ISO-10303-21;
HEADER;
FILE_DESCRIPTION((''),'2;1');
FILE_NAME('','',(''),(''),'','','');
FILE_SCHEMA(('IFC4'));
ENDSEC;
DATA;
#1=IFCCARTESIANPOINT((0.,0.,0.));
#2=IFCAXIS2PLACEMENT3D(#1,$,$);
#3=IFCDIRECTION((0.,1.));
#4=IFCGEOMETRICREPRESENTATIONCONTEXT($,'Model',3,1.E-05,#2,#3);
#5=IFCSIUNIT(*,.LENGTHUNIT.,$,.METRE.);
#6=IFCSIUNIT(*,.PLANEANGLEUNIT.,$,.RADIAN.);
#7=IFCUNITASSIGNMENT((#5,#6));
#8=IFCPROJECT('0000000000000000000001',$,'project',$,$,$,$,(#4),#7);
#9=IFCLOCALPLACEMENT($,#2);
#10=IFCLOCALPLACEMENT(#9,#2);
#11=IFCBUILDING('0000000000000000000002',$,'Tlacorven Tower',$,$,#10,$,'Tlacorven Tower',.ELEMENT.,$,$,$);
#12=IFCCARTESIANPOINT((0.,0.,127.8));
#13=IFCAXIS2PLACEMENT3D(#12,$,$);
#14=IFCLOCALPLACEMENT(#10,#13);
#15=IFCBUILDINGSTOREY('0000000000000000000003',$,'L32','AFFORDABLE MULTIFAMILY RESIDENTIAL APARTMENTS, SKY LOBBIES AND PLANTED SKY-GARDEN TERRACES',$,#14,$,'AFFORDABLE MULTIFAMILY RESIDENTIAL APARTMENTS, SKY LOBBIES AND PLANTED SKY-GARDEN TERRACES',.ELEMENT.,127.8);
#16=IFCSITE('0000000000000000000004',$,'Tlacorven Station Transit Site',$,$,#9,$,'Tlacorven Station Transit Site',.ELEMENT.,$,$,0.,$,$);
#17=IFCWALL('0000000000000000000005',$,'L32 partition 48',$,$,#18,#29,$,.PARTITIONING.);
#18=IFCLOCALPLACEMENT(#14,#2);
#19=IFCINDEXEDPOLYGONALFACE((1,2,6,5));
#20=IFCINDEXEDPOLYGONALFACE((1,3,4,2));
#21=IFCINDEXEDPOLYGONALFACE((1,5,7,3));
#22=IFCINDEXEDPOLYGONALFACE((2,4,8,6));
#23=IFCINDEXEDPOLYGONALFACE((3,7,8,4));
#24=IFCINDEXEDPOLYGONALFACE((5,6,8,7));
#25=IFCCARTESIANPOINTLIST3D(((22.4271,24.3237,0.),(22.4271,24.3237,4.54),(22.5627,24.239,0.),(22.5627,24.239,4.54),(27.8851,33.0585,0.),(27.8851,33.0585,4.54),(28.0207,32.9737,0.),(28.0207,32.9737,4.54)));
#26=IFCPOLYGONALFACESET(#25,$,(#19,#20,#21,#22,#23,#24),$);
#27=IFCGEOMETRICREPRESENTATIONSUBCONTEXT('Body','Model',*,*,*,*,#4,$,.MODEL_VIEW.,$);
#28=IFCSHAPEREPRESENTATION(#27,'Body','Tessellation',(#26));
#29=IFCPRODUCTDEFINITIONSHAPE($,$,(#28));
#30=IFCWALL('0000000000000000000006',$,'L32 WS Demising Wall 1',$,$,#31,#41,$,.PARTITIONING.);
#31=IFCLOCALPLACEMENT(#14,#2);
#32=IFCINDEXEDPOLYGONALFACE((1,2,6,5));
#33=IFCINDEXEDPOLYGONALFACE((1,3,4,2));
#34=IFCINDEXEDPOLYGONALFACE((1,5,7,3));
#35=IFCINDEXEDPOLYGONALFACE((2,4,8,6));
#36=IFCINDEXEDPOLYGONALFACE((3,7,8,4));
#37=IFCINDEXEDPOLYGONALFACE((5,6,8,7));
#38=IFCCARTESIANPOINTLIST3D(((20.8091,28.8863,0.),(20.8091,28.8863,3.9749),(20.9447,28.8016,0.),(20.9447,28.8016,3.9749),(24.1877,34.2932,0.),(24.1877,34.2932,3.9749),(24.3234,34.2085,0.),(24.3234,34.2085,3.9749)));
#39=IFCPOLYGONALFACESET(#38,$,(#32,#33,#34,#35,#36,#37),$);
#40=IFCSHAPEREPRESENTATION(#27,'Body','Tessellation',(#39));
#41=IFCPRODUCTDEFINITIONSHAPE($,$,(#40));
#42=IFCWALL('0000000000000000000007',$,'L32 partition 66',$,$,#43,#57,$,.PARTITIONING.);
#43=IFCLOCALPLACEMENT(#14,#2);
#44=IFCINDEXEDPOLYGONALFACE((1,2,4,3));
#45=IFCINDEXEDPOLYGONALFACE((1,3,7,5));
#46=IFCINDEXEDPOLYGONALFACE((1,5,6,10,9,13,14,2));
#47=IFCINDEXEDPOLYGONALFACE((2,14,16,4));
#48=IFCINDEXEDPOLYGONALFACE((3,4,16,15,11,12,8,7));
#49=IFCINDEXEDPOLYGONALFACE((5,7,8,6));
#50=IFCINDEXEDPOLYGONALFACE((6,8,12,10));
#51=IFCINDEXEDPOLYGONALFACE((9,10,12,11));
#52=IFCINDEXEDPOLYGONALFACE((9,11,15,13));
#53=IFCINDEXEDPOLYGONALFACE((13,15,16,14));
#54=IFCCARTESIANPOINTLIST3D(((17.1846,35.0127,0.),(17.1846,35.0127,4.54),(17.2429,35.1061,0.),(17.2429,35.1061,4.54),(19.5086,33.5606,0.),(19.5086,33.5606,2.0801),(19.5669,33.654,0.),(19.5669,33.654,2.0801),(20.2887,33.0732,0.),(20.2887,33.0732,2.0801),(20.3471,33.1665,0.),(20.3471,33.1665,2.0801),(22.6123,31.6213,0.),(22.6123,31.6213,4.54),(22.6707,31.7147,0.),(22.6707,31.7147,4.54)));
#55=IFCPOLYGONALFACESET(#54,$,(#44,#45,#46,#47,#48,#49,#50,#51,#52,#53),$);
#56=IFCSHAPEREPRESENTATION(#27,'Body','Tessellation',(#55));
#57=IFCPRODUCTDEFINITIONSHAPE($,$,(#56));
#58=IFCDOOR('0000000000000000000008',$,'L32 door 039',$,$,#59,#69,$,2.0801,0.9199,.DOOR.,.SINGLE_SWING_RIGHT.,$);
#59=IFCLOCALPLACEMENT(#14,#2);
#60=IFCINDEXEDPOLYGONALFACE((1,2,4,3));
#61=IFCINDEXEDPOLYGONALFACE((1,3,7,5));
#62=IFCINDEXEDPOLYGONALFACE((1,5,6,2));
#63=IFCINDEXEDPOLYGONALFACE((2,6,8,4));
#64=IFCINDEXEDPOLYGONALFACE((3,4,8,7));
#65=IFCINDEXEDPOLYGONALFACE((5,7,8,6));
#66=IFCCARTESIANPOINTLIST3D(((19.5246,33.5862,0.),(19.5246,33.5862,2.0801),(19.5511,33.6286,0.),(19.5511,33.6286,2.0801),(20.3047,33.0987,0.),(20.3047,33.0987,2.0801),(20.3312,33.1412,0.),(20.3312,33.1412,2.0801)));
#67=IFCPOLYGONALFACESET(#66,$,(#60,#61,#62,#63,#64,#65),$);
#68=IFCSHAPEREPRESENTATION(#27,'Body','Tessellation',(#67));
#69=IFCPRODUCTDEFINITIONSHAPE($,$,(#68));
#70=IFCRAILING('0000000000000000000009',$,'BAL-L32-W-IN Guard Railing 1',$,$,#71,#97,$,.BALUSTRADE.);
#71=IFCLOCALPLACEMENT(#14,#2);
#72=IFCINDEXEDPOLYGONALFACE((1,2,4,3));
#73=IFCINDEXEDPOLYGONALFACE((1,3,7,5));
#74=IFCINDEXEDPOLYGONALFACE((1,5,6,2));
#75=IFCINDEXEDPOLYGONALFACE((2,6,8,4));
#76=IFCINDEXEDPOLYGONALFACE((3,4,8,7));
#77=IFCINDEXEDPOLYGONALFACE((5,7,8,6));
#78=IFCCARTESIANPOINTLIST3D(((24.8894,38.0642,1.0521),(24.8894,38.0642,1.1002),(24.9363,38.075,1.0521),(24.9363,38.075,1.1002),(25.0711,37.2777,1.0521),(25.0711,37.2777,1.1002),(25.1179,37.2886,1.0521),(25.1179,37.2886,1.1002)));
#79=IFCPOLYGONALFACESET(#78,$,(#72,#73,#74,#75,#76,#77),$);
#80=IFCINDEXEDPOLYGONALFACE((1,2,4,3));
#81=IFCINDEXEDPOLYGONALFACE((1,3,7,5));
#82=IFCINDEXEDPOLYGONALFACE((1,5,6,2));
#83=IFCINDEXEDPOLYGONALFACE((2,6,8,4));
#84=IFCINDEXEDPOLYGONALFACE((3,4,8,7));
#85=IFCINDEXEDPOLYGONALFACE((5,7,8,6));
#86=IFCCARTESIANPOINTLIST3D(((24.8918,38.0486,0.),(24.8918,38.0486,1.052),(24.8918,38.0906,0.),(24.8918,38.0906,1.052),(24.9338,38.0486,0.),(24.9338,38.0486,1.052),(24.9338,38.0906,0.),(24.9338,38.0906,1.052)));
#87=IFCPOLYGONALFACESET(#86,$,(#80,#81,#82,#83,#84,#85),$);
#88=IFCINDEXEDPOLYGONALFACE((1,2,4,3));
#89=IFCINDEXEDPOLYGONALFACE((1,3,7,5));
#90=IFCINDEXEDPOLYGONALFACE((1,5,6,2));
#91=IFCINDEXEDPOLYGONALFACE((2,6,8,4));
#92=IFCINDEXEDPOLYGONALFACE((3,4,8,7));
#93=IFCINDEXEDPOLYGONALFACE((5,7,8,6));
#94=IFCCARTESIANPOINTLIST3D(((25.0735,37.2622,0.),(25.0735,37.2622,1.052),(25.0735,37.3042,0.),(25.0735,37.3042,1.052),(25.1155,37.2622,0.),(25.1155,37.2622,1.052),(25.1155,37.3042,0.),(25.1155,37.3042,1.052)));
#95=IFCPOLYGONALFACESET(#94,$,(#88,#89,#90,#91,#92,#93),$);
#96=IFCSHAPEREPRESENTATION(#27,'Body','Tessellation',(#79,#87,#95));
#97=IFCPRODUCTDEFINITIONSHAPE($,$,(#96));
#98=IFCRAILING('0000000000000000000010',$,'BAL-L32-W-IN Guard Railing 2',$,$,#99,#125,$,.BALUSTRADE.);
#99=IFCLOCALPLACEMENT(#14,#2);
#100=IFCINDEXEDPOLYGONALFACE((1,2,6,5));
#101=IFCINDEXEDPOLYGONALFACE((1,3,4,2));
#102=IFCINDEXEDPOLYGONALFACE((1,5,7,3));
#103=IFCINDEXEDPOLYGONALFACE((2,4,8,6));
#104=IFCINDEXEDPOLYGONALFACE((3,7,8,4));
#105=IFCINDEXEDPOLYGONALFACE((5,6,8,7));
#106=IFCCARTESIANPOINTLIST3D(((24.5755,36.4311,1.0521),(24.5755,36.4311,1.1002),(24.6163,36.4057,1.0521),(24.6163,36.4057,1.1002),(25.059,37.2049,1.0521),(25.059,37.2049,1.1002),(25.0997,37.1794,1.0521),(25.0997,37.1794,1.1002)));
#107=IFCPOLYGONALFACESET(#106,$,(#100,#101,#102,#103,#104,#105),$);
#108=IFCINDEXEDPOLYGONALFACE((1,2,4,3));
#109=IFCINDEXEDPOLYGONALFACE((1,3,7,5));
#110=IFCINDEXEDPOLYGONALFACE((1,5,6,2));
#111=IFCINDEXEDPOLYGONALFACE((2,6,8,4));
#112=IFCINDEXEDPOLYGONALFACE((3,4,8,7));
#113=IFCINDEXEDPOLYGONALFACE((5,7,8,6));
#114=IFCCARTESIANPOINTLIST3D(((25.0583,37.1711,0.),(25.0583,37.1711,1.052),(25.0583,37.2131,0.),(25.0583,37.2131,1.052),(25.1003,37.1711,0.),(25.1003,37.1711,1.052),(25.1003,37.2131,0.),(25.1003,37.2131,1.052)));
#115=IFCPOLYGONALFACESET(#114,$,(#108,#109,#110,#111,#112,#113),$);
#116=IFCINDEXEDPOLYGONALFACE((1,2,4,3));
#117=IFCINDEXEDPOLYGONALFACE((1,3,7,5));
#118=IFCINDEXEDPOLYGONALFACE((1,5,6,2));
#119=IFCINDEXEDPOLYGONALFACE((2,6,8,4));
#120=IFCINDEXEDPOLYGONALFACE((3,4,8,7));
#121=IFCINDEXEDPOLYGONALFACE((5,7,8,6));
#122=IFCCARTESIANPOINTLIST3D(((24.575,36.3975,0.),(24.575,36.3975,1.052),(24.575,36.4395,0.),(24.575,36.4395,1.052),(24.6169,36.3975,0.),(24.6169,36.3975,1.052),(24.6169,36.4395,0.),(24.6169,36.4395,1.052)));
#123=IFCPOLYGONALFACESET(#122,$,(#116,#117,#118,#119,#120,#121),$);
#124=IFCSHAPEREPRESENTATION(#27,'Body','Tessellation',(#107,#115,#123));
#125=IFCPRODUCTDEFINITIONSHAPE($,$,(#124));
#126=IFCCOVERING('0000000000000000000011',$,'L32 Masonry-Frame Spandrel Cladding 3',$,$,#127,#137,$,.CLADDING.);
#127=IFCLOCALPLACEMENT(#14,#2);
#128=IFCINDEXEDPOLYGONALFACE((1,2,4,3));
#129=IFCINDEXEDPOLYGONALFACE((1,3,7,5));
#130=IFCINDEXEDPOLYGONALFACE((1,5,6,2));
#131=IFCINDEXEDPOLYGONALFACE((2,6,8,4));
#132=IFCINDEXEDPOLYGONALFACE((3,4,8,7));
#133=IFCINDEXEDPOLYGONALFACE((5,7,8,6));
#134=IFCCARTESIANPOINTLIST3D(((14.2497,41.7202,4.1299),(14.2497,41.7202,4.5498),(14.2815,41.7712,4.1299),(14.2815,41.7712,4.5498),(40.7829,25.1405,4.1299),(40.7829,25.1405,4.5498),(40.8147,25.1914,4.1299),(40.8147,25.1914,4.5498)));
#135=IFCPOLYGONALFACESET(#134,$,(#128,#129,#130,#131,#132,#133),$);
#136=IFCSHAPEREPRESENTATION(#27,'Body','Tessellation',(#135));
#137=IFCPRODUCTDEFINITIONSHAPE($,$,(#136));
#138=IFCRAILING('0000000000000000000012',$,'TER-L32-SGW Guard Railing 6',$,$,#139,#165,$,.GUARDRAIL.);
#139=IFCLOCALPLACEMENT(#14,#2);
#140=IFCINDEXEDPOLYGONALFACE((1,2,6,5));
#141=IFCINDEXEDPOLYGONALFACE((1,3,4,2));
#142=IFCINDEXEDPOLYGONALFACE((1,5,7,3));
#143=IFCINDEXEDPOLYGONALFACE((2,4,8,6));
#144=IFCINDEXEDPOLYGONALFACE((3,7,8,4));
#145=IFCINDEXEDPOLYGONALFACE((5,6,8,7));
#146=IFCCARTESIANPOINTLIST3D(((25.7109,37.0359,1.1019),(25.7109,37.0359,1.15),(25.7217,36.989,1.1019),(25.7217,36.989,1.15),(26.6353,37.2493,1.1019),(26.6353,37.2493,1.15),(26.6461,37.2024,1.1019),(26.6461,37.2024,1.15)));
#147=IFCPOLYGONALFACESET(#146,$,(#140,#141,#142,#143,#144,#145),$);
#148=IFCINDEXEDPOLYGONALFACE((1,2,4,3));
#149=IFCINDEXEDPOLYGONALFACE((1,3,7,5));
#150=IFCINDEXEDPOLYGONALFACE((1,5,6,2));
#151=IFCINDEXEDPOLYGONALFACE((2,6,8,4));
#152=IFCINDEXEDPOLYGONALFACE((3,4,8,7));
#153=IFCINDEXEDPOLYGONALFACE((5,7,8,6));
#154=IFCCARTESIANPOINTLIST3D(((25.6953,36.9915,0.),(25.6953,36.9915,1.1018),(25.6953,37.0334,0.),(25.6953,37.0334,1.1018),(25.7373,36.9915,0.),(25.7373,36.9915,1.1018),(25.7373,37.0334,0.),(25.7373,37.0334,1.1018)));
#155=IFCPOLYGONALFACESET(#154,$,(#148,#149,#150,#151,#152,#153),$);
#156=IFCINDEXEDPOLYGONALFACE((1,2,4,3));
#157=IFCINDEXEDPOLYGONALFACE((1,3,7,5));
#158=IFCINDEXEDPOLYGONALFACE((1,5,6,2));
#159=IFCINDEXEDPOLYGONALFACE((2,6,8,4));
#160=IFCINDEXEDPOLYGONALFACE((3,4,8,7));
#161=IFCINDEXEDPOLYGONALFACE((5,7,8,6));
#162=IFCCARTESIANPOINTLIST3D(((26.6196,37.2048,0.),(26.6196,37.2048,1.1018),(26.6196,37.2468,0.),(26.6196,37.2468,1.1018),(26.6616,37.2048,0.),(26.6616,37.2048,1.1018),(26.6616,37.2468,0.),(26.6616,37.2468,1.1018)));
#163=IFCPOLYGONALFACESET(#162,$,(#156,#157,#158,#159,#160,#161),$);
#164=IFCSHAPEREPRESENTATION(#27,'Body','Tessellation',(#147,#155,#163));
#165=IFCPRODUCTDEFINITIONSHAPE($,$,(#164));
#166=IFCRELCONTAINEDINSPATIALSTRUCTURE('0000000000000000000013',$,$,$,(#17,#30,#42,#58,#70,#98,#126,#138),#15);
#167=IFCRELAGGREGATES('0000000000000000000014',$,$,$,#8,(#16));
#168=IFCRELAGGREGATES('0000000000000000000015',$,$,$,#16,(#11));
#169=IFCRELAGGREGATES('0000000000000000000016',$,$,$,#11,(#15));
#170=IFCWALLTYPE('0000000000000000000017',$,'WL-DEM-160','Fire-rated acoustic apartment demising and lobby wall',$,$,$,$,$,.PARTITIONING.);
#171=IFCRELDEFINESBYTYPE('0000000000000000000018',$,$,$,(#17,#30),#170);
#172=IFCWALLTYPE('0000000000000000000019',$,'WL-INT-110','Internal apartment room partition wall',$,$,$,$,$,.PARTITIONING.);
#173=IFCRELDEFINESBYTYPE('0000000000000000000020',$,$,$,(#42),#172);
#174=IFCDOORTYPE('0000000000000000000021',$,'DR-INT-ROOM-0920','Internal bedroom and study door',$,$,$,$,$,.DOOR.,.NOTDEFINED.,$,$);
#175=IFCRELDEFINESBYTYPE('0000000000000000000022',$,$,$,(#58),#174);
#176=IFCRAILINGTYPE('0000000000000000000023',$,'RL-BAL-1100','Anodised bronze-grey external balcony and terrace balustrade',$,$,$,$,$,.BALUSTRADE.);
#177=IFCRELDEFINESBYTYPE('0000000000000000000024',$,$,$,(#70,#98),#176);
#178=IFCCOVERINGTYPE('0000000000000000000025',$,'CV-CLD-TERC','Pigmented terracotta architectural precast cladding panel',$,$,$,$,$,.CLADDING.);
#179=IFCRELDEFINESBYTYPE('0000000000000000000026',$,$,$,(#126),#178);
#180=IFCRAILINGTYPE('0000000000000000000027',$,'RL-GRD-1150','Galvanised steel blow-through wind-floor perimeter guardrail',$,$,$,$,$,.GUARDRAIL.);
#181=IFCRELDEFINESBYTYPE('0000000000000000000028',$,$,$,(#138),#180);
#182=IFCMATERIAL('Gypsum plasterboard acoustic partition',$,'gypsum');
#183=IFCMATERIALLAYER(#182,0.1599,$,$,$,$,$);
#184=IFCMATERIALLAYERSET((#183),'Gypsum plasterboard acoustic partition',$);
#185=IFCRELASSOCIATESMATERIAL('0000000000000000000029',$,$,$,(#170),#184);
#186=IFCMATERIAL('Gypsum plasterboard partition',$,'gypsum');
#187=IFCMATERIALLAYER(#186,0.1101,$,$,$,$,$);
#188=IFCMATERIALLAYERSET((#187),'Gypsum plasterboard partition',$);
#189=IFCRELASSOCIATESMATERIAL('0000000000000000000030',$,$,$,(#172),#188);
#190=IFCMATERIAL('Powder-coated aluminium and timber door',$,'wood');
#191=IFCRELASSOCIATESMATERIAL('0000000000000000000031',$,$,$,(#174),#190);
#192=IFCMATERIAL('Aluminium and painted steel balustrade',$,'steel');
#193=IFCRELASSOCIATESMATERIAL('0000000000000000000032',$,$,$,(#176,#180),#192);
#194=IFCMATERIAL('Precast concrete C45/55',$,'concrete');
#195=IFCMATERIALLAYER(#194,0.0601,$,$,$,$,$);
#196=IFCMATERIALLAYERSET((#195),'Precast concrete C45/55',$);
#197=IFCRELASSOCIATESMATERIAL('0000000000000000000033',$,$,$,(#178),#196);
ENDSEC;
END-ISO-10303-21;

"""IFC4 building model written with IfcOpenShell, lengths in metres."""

from ifc_helpers import new_model, si_unit, direction, frame, frame_2d, origin, origin_2d, place, context, subcontext, project, spatial, rectangle, extrude, source, transform, mapped, material, layer, layer_set, type_object, element, fill, save


model = new_model("IFC4")

# Units and contexts
model_context = context("Model", 3, precision=1e-05, world=origin(), true_north=direction((0.0, 1.0)))
body_context = subcontext(model_context, "Body", "Model", "MODEL_VIEW")
ifc_project = project(units=[si_unit("LENGTHUNIT", "METRE"), si_unit("PLANEANGLEUNIT", "RADIAN")], contexts=[model_context])

# Site, building, storey
site_placement = place(None, origin())
site = spatial("IfcSite", under=ifc_project, at=site_placement, Name="Tlacorven Station Transit Site", LongName="Tlacorven Station Transit Site", CompositionType="ELEMENT", RefElevation=0.0)
building_placement = place(site_placement, origin())
building = spatial("IfcBuilding", under=site, at=building_placement, Name="Tlacorven Tower", LongName="Tlacorven Tower", CompositionType="ELEMENT")
storey_placement = place(building_placement, frame((0.0, 0.0, 127.8)))
storey = spatial("IfcBuildingStorey", under=building, at=storey_placement, Name="L32", Description="AFFORDABLE MULTIFAMILY RESIDENTIAL APARTMENTS, SKY LOBBIES AND PLANTED SKY-GARDEN TERRACES", LongName="AFFORDABLE MULTIFAMILY RESIDENTIAL APARTMENTS, SKY LOBBIES AND PLANTED SKY-GARDEN TERRACES", CompositionType="ELEMENT", Elevation=127.8)

# Walls
ifc_material_1 = material(Name="Gypsum plasterboard acoustic partition", Category="gypsum")
ifc_layer_1 = layer(ifc_material_1, 0.1599)
ifc_layer_set_1 = layer_set([ifc_layer_1], Name="Gypsum plasterboard acoustic partition")
wall_type_1 = type_object("IfcWallType", Name="WL-DEM-160", Description="Fire-rated acoustic apartment demising and lobby wall", PredefinedType="PARTITIONING", material=ifc_layer_set_1)
wall_1_placement = place(storey_placement, frame((27.9529, 33.0161, 0.0), z_axis=(0.0, 0.0, 1.0), x_axis=(-0.529909, -0.848054, 0.0)))
element("IfcWall", 1, at=wall_1_placement, inside=storey, type_object=wall_type_1, Name="L32 partition 48", PredefinedType="PARTITIONING", context=body_context, shape_type="SweptSolid", body=[
    extrude(rectangle(XDim=10.2998, YDim=0.1599, at=frame_2d((5.1499, 0.0))), origin(), (0.0, 0.0, 1.0), 4.54),
])
wall_2_placement = place(storey_placement, frame((24.2556, 34.251, 0.0), z_axis=(0.0, 0.0, 1.0), x_axis=(-0.52992, -0.848048, 0.0)))
element("IfcWall", 2, at=wall_2_placement, inside=storey, type_object=wall_type_1, Name="L32 WS Demising Wall 1", PredefinedType="PARTITIONING", context=body_context, shape_type="SweptSolid", body=[
    extrude(rectangle(XDim=6.3757, YDim=0.1599, at=frame_2d((3.188, 0.0))), origin(), (0.0, 0.0, 1.0), 3.9749),
])

# Wall, opening, door
ifc_material_2 = material(Name="Gypsum plasterboard partition", Category="gypsum")
ifc_layer_2 = layer(ifc_material_2, 0.1101)
ifc_layer_set_2 = layer_set([ifc_layer_2], Name="Gypsum plasterboard partition")
wall_type_2 = type_object("IfcWallType", Name="WL-INT-110", Description="Internal apartment room partition wall", PredefinedType="PARTITIONING", material=ifc_layer_set_2)
wall_3_placement = place(storey_placement, frame((22.6416, 31.668, 0.0), z_axis=(0.0, 0.0, 1.0), x_axis=(-0.848067, 0.529889, 0.0)))
wall_3 = element("IfcWall", 3, at=wall_3_placement, inside=storey, type_object=wall_type_2, Name="L32 partition 66", PredefinedType="PARTITIONING", context=body_context, shape_type="SweptSolid", body=[
    extrude(rectangle(XDim=6.4001, YDim=0.1101, at=frame_2d((3.2002, 0.0))), origin(), (0.0, 0.0, 1.0), 4.54),
])
opening_placement = place(wall_3_placement, frame((2.74, 0.0, 0.0)))
opening = element("IfcOpeningElement", 4, at=opening_placement, cuts=wall_3, PredefinedType="OPENING", context=body_context, shape_type="SweptSolid", body=[
    extrude(rectangle(XDim=0.9199, YDim=2.0801, at=frame_2d((0.46, 1.04))), frame((0.0, 0.0649, 0.0), z_axis=(0.0, -1.0, 0.0), x_axis=(1.0, 0.0, 0.0)), (0.0, 0.0, 1.0), 0.1301),
])
ifc_material_3 = material(Name="Powder-coated aluminium and timber door", Category="wood")
door_type = type_object("IfcDoorType", Name="DR-INT-ROOM-0920", Description="Internal bedroom and study door", OperationType="NOTDEFINED", PredefinedType="DOOR", material=ifc_material_3)
shared_shape_1 = source(origin(), body_context, "Body", "SweptSolid", [
    extrude(rectangle(XDim=0.9199, YDim=2.0801, at=frame_2d((0.46, 1.04))), frame((0.0, 0.0249, 0.0), z_axis=(0.0, -1.0, 0.0), x_axis=(1.0, 0.0, 0.0)), (0.0, 0.0, 1.0), 0.05),
])
door_placement = place(opening_placement, origin())
door = element("IfcDoor", 5, at=door_placement, inside=storey, type_object=door_type, Name="L32 door 039", OperationType="SINGLE_SWING_RIGHT", OverallHeight=2.0801, OverallWidth=0.9199, PredefinedType="DOOR", context=body_context, shape_type="MappedRepresentation", body=[
    mapped(shared_shape_1, transform((0.0, 0.0, 0.0), scale=1.0)),
])
fill(opening, door)

# Railings
ifc_material_4 = material(Name="Aluminium and painted steel balustrade", Category="steel")
railing_type_1 = type_object("IfcRailingType", Name="RL-BAL-1100", Description="Anodised bronze-grey external balcony and terrace balustrade", PredefinedType="BALUSTRADE", material=ifc_material_4)
shared_shape_2 = source(origin(), body_context, "Body", "SweptSolid", [
    extrude(rectangle(XDim=0.0481, YDim=0.0481, at=origin_2d()), frame((0.0, 0.0, 1.0762), z_axis=(0.225058, -0.974345, 0.0), x_axis=(0.974345, 0.225058, 0.0)), (0.0, 0.0, 1.0), 0.8071),
    extrude(rectangle(XDim=0.042, YDim=0.042, at=origin_2d()), origin(), (0.0, 0.0, 1.0), 1.052),
    extrude(rectangle(XDim=0.042, YDim=0.042, at=origin_2d()), frame((0.1816, -0.7864, 0.0)), (0.0, 0.0, 1.0), 1.052),
])
railing_1_placement = place(storey_placement, frame((24.9128, 38.0696, 0.0)))
element("IfcRailing", 6, at=railing_1_placement, inside=storey, type_object=railing_type_1, Name="BAL-L32-W-IN Guard Railing 1", PredefinedType="BALUSTRADE", context=body_context, shape_type="MappedRepresentation", body=[
    mapped(shared_shape_2, transform((0.0, 0.0, 0.0), scale=1.0)),
])
shared_shape_3 = source(origin(), body_context, "Body", "SweptSolid", [
    extrude(rectangle(XDim=0.0481, YDim=0.0481, at=origin_2d()), frame((0.0, 0.0, 1.0762), z_axis=(-0.529879, -0.848073, 0.0), x_axis=(0.848073, -0.529879, 0.0)), (0.0, 0.0, 1.0), 0.9124),
    extrude(rectangle(XDim=0.042, YDim=0.042, at=origin_2d()), origin(), (0.0, 0.0, 1.0), 1.052),
    extrude(rectangle(XDim=0.042, YDim=0.042, at=origin_2d()), frame((-0.4834, -0.7737, 0.0)), (0.0, 0.0, 1.0), 1.052),
])
railing_2_placement = place(storey_placement, frame((25.0793, 37.1921, 0.0)))
element("IfcRailing", 7, at=railing_2_placement, inside=storey, type_object=railing_type_1, Name="BAL-L32-W-IN Guard Railing 2", PredefinedType="BALUSTRADE", context=body_context, shape_type="MappedRepresentation", body=[
    mapped(shared_shape_3, transform((0.0, 0.0, 0.0), scale=1.0)),
])

# Covering
ifc_material_5 = material(Name="Precast concrete C45/55", Category="concrete")
ifc_layer_3 = layer(ifc_material_5, 0.0601)
ifc_layer_set_3 = layer_set([ifc_layer_3], Name="Precast concrete C45/55")
covering_type = type_object("IfcCoveringType", Name="CV-CLD-TERC", Description="Pigmented terracotta architectural precast cladding panel", PredefinedType="CLADDING", material=ifc_layer_set_3)
shared_shape_4 = source(origin(), body_context, "Body", "SweptSolid", [
    extrude(rectangle(XDim=31.2874, YDim=0.0601, at=origin_2d()), origin(), (0.0, 0.0, 1.0), 0.4199),
])
covering_placement = place(storey_placement, frame((27.5322, 33.4558, 4.1299), z_axis=(0.0, 0.0, 1.0), x_axis=(0.848048, -0.529919, 0.0)))
element("IfcCovering", 8, at=covering_placement, inside=storey, type_object=covering_type, Name="L32 Masonry-Frame Spandrel Cladding 3", PredefinedType="CLADDING", context=body_context, shape_type="MappedRepresentation", body=[
    mapped(shared_shape_4, transform((0.0, 0.0, 0.0), scale=1.0)),
])

# Railing
railing_type_2 = type_object("IfcRailingType", Name="RL-GRD-1150", Description="Galvanised steel blow-through wind-floor perimeter guardrail", PredefinedType="GUARDRAIL", material=ifc_material_4)
shared_shape_5 = source(origin(), body_context, "Body", "SweptSolid", [
    extrude(rectangle(XDim=0.0481, YDim=0.0481, at=origin_2d()), frame((0.0, 0.0, 1.126), z_axis=(0.974374, 0.224935, 0.0), x_axis=(-0.224935, 0.974374, 0.0)), (0.0, 0.0, 1.0), 0.9487),
    extrude(rectangle(XDim=0.042, YDim=0.042, at=origin_2d()), origin(), (0.0, 0.0, 1.0), 1.1018),
    extrude(rectangle(XDim=0.042, YDim=0.042, at=origin_2d()), frame((0.9243, 0.2134, 0.0)), (0.0, 0.0, 1.0), 1.1018),
])
railing_3_placement = place(storey_placement, frame((25.7163, 37.0125, 0.0)))
element("IfcRailing", 9, at=railing_3_placement, inside=storey, type_object=railing_type_2, Name="TER-L32-SGW Guard Railing 6", PredefinedType="GUARDRAIL", context=body_context, shape_type="MappedRepresentation", body=[
    mapped(shared_shape_5, transform((0.0, 0.0, 0.0), scale=1.0)),
])

save(model, "model.ifc")
